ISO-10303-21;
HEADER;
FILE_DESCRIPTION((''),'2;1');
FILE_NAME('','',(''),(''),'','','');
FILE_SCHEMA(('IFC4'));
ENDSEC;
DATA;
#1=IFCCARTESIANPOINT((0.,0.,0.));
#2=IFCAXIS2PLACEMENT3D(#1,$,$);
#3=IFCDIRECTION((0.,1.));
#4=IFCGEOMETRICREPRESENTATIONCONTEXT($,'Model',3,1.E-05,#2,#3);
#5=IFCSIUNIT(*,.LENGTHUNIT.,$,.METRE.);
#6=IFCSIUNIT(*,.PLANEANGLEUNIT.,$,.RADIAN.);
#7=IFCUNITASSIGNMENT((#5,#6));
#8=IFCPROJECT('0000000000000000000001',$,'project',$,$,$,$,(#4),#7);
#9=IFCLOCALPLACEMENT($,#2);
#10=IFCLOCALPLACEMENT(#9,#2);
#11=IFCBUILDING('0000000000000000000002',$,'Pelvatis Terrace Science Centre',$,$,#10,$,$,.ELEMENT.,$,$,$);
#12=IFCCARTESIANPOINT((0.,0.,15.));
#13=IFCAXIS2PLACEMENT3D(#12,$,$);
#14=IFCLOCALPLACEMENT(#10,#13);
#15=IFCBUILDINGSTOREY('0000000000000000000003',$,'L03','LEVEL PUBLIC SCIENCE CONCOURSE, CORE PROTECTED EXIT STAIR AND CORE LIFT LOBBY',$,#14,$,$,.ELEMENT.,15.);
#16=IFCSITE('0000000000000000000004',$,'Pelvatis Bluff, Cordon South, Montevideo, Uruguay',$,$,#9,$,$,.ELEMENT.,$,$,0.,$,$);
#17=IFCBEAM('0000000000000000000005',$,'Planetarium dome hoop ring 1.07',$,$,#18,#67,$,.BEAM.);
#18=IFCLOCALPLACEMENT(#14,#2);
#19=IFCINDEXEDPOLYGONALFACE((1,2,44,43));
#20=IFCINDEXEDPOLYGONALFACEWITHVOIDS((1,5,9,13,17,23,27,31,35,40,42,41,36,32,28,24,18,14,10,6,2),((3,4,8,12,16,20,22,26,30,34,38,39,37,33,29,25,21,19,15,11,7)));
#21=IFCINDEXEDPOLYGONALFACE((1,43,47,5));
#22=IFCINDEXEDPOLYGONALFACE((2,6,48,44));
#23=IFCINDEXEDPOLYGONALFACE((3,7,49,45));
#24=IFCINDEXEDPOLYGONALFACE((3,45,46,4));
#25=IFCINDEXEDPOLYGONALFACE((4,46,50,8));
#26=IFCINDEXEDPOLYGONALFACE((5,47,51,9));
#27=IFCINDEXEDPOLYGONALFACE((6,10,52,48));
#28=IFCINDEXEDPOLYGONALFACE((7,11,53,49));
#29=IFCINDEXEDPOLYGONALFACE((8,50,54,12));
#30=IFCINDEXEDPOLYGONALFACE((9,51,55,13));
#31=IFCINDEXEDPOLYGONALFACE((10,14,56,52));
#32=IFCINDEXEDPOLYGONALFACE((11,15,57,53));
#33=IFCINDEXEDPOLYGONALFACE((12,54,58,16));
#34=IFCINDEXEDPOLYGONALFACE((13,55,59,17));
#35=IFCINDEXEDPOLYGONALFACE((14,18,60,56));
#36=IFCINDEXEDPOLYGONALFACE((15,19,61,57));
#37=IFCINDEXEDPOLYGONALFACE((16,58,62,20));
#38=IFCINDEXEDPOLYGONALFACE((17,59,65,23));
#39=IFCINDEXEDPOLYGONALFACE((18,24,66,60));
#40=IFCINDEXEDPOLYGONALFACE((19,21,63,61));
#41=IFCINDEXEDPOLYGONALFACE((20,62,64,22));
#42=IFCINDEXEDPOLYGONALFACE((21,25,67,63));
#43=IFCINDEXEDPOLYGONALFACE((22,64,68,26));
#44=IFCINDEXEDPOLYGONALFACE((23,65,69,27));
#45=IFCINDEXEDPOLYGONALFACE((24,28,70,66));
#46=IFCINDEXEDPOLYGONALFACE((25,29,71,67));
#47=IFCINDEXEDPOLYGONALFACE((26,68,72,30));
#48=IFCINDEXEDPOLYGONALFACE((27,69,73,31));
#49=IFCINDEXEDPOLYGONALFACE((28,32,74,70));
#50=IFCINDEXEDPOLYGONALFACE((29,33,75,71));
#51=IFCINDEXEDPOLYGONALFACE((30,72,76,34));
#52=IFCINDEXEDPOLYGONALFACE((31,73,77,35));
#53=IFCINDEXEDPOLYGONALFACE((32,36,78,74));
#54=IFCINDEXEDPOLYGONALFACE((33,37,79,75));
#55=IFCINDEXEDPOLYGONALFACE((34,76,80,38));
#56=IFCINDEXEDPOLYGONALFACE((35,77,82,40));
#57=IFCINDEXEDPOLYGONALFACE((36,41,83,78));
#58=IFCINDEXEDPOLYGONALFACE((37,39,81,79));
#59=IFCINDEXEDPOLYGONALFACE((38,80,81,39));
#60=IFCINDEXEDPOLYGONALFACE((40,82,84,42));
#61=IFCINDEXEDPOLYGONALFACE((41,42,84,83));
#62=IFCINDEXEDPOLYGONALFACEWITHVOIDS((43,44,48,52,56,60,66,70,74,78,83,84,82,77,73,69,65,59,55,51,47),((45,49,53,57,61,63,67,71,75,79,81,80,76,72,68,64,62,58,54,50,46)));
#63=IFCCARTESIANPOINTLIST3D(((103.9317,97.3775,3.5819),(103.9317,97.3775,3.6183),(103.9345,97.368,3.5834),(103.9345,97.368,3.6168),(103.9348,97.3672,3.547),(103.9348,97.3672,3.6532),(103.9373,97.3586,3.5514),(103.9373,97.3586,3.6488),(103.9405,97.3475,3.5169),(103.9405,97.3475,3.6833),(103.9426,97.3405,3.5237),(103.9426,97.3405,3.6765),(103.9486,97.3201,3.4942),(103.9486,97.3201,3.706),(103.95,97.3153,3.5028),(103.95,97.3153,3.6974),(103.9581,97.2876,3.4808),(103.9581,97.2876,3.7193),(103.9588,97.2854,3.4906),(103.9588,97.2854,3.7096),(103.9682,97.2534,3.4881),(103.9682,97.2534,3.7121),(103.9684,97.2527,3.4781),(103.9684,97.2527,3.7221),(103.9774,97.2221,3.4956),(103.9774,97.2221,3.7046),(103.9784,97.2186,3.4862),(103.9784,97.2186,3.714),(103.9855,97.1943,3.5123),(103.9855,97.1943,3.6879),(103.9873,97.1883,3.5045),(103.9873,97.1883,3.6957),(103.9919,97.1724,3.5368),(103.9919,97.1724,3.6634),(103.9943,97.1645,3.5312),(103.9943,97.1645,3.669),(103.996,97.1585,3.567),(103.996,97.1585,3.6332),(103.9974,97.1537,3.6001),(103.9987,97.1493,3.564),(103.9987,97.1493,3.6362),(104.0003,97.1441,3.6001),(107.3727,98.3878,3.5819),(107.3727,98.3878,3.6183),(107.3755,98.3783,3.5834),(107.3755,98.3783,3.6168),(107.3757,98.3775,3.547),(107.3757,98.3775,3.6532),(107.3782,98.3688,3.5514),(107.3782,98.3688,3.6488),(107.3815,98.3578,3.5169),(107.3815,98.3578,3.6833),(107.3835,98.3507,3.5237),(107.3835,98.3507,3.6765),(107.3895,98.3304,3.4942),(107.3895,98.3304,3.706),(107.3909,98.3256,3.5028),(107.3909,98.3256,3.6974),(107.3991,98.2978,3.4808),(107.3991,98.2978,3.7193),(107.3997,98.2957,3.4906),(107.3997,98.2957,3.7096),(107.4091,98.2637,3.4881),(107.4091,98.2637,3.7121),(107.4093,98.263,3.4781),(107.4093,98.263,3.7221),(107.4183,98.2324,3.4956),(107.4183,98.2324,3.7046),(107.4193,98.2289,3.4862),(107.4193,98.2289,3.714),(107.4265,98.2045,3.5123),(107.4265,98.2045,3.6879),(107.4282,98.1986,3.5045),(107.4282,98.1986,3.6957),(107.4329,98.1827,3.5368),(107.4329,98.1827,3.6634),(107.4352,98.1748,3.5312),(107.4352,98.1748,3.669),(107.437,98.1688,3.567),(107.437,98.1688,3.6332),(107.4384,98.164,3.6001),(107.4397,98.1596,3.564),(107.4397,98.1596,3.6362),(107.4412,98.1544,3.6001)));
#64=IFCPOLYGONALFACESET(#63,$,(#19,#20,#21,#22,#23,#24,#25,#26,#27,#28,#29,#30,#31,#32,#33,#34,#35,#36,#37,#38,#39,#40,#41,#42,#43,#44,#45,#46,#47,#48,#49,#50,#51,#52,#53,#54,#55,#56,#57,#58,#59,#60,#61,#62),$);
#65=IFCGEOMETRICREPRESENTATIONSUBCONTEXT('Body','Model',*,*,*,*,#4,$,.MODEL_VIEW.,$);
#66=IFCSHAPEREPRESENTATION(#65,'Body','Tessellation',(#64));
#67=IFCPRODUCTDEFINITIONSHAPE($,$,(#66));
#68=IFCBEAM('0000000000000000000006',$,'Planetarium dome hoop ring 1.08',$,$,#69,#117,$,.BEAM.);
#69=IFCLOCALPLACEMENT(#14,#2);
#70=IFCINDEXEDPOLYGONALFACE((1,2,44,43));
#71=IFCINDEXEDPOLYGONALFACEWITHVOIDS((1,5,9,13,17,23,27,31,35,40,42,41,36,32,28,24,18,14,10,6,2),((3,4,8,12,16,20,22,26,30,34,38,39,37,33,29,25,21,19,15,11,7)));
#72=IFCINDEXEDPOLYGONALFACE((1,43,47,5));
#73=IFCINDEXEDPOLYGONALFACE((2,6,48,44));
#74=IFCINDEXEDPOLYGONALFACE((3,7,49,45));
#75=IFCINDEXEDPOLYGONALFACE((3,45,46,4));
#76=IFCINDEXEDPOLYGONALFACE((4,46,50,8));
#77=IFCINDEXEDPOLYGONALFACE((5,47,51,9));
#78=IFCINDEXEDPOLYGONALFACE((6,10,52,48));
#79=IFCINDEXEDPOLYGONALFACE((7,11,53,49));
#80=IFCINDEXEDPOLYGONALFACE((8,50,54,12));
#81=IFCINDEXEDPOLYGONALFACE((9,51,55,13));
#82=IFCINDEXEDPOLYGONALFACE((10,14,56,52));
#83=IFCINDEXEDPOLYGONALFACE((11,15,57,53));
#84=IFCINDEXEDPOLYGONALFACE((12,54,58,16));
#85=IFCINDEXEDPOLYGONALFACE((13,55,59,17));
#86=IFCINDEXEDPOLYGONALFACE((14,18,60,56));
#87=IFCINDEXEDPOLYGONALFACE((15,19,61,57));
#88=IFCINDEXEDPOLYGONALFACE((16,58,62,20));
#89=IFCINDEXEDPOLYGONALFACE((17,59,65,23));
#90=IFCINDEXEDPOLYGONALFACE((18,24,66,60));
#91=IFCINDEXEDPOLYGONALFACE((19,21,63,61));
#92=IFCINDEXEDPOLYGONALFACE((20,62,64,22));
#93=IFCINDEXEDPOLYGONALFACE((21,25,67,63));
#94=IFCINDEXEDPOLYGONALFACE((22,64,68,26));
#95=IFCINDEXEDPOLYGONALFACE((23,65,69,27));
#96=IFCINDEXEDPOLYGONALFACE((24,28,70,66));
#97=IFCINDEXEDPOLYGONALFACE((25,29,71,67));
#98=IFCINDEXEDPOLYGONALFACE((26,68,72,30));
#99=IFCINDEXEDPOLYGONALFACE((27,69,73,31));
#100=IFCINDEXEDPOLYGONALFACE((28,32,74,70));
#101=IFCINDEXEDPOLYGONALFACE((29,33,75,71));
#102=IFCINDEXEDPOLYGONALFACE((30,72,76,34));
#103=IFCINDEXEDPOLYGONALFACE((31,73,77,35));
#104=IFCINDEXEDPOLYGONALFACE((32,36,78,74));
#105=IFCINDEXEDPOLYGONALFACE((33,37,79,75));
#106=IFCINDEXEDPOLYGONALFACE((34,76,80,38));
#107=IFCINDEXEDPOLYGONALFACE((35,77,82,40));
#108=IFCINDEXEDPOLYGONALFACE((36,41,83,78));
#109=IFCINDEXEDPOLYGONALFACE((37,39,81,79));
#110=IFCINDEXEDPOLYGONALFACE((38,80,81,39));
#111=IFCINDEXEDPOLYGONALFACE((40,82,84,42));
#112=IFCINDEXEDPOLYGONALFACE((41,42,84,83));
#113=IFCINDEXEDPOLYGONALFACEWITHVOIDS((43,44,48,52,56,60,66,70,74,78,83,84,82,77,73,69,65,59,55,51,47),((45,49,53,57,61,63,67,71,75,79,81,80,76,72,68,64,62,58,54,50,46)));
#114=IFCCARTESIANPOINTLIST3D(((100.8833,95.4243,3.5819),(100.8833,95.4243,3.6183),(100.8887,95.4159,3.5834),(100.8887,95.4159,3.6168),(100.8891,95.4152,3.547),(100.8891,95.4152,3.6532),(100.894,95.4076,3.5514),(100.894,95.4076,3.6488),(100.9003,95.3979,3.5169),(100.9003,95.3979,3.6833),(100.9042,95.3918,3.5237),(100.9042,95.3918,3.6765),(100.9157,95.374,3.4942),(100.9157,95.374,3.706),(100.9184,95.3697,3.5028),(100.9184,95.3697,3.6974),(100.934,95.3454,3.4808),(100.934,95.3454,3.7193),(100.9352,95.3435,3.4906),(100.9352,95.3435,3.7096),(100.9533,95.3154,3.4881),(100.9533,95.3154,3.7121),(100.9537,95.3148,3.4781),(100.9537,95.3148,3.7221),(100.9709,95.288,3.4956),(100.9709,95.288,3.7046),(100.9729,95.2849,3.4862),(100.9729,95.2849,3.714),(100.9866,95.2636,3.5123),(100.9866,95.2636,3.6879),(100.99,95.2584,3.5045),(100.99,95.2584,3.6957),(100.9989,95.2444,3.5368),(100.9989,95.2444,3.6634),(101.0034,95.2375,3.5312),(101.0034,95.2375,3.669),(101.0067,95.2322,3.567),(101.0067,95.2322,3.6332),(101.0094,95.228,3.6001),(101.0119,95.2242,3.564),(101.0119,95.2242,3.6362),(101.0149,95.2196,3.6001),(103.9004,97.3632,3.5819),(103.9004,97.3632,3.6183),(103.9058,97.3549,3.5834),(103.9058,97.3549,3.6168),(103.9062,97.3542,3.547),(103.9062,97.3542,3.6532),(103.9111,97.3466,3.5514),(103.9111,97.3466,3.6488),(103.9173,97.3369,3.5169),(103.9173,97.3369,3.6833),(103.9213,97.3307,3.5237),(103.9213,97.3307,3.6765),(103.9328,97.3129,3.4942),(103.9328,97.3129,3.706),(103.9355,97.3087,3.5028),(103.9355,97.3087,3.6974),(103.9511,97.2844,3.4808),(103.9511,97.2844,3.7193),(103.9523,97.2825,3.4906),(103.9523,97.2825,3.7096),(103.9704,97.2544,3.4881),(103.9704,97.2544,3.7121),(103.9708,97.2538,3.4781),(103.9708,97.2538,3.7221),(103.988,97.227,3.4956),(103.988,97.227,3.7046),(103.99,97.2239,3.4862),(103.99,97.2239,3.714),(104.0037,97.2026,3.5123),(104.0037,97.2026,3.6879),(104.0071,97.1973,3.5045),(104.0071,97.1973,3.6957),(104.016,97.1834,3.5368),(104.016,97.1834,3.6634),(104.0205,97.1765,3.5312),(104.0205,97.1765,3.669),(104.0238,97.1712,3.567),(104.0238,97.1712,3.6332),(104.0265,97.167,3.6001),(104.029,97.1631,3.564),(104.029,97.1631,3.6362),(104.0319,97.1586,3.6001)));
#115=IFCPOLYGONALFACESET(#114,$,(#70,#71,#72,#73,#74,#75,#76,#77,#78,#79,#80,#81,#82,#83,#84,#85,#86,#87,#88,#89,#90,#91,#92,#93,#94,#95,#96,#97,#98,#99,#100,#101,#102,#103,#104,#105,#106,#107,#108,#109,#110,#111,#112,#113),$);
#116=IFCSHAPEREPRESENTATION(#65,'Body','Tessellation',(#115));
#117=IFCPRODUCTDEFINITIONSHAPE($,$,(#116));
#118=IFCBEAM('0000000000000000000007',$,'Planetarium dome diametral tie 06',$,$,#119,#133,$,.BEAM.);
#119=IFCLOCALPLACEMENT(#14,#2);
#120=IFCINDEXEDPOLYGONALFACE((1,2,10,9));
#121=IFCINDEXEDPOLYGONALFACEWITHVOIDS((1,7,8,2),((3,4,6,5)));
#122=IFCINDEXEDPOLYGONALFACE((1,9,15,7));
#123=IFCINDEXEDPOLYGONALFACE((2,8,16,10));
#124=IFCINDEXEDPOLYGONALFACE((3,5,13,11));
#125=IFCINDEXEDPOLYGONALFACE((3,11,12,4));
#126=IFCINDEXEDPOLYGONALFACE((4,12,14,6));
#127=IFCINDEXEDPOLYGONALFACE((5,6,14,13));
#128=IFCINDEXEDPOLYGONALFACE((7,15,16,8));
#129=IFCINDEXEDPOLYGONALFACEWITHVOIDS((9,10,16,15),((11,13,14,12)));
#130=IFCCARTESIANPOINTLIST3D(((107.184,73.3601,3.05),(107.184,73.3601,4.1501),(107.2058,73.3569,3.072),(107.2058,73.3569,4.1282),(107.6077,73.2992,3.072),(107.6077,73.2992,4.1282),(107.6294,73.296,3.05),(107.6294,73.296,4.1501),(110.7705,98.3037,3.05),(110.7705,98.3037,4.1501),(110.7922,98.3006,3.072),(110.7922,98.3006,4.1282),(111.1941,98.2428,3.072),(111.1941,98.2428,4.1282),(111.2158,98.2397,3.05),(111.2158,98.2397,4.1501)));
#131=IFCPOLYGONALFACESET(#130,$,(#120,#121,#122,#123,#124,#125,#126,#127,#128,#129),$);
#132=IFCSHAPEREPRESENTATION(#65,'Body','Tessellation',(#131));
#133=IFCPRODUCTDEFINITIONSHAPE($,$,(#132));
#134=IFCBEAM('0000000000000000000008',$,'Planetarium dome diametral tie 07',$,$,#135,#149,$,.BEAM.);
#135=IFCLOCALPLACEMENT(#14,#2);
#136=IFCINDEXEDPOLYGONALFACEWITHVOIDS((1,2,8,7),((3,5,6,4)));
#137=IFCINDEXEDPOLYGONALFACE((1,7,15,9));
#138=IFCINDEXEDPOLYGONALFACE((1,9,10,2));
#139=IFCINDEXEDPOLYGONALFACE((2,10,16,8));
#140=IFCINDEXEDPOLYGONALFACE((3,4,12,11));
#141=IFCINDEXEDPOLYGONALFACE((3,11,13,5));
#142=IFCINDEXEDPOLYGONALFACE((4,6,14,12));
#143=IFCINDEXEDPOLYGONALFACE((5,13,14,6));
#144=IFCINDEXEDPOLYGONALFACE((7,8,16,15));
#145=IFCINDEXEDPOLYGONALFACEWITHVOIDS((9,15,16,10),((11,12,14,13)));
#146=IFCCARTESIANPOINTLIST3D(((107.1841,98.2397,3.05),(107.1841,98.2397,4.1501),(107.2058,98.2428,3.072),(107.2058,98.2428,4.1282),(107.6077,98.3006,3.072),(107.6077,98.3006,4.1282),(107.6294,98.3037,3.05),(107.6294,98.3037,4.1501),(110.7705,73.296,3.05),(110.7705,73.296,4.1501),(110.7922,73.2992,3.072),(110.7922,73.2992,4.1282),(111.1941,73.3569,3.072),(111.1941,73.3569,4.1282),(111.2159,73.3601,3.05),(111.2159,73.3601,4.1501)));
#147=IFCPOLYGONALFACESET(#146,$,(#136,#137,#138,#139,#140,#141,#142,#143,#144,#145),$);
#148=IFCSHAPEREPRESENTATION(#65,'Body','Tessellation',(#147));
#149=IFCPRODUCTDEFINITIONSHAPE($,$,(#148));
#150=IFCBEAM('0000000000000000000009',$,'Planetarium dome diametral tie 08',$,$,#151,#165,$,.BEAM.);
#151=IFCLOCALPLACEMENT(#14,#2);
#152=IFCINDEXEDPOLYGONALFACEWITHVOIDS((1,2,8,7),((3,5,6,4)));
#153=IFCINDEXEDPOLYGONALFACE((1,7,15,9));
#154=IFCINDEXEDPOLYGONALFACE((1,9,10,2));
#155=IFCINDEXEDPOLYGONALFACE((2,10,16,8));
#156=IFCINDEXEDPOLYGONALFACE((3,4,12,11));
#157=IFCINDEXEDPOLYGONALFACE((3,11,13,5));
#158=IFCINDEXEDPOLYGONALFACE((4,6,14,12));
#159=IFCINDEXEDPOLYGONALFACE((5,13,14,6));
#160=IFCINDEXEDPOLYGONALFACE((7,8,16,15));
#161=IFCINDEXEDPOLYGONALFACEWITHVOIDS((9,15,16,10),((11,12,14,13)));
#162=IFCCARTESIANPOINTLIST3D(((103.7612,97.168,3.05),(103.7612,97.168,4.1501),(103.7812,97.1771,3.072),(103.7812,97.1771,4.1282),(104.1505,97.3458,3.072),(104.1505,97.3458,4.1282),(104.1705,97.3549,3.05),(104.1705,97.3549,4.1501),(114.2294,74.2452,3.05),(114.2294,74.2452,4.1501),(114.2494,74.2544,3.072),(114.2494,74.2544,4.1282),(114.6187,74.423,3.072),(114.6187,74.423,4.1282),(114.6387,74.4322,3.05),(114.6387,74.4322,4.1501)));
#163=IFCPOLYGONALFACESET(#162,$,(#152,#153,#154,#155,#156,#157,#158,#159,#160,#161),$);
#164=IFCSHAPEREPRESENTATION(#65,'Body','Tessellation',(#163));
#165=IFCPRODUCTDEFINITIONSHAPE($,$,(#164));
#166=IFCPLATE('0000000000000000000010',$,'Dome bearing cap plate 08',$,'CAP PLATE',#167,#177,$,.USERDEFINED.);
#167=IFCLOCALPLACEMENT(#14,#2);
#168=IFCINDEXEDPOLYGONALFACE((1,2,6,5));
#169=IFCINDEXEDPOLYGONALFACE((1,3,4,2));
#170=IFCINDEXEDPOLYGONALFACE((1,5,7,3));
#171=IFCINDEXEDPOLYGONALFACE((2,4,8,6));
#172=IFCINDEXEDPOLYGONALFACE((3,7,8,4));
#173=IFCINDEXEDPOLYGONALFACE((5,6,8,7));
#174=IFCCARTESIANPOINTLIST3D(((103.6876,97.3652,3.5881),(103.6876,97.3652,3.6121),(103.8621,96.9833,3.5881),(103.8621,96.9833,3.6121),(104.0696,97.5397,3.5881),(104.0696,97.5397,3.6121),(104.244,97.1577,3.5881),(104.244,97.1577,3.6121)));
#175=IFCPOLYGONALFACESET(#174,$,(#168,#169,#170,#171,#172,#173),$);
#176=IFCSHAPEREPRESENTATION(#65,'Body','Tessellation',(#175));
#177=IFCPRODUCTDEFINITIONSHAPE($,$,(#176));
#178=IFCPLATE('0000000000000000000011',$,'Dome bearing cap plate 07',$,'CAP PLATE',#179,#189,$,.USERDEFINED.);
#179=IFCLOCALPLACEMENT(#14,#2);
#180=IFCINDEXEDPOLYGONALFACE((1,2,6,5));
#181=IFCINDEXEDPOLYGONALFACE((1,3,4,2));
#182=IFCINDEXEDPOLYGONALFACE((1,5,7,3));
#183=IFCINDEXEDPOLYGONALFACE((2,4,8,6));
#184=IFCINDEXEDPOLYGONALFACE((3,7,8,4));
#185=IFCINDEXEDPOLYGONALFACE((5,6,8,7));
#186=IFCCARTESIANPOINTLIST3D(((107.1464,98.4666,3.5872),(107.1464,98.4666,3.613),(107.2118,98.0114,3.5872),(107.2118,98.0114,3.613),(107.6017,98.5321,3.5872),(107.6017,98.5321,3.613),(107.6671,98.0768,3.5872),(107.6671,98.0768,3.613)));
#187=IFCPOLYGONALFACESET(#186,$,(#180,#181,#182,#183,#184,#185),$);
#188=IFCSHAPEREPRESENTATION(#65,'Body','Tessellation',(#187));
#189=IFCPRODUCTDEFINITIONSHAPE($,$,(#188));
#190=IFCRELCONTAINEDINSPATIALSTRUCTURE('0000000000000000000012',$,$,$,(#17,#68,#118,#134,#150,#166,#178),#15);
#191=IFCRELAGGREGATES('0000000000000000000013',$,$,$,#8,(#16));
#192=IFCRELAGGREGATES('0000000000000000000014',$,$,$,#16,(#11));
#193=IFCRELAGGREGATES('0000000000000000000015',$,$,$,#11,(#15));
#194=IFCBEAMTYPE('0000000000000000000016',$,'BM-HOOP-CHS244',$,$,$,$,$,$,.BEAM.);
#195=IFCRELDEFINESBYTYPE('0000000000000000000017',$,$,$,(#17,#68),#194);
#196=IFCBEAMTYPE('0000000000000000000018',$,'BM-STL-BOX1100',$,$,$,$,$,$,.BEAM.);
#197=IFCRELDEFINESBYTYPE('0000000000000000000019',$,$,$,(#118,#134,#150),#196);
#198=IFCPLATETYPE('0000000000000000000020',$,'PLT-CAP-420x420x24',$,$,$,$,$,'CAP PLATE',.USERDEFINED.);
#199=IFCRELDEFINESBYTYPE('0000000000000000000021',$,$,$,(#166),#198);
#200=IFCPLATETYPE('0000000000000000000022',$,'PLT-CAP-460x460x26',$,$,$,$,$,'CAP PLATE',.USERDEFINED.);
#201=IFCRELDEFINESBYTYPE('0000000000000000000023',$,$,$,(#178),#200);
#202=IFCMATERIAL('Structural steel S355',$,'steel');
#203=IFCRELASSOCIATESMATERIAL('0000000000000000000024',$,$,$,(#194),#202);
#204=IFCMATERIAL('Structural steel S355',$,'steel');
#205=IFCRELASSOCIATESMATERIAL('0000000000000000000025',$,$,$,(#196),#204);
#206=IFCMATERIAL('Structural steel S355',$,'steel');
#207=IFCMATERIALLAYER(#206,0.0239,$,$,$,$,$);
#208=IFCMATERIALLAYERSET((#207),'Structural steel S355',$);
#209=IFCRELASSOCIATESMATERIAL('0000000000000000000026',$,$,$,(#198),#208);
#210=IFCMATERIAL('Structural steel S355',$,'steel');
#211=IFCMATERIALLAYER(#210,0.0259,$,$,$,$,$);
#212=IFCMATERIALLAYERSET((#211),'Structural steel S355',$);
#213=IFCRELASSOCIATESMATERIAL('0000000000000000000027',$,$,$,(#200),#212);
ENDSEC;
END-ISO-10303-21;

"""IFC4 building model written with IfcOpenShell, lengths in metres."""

from ifc_helpers import new_model, si_unit, direction, frame, origin, origin_2d, place, context, subcontext, project, spatial, rectangle, hollow_rectangle, hollow_circle, extrude, material, layer, layer_set, material_profile, profile_set, type_object, element, save


model = new_model("IFC4")

# Units and contexts
model_context = context("Model", 3, precision=1e-05, world=origin(), true_north=direction((0.0, 1.0)))
body_context = subcontext(model_context, "Body", "Model", "MODEL_VIEW")
ifc_project = project(units=[si_unit("LENGTHUNIT", "METRE"), si_unit("PLANEANGLEUNIT", "RADIAN")], contexts=[model_context])

# Site, building, storey
site_placement = place(None, origin())
site = spatial("IfcSite", under=ifc_project, at=site_placement, Name="Pelvatis Bluff, Cordon South, Montevideo, Uruguay", CompositionType="ELEMENT", RefElevation=0.0)
building_placement = place(site_placement, origin())
building = spatial("IfcBuilding", under=site, at=building_placement, Name="Pelvatis Terrace Science Centre", CompositionType="ELEMENT")
storey_placement = place(building_placement, frame((0.0, 0.0, 15.0)))
storey = spatial("IfcBuildingStorey", under=building, at=storey_placement, Name="L03", Description="LEVEL PUBLIC SCIENCE CONCOURSE, CORE PROTECTED EXIT STAIR AND CORE LIFT LOBBY", CompositionType="ELEMENT", Elevation=15.0)

# Beams
ifc_material_1 = material(Name="Structural steel S355", Category="steel")
ifc_material_profile_1 = material_profile(ifc_material_1, hollow_circle(Radius=0.1223, WallThickness=0.01, at=origin_2d()), Name="CHS 244.5x10.0")
ifc_profile_set_1 = profile_set([ifc_material_profile_1], Name="Structural steel S355")
beam_type_1 = type_object("IfcBeamType", Name="BM-HOOP-CHS244", PredefinedType="BEAM", material=ifc_profile_set_1)
beam_1_placement = place(storey_placement, frame((107.4067, 98.2717, 3.6001), z_axis=(-0.9595, -0.281709, 0.0), x_axis=(0.281709, -0.9595, 0.0)))
element("IfcBeam", 1, at=beam_1_placement, inside=storey, type_object=beam_type_1, Name="Planetarium dome hoop ring 1.07", PredefinedType="BEAM", context=body_context, shape_type="SweptSolid", body=[
    extrude(hollow_circle(Radius=0.1223, WallThickness=0.01, at=origin_2d()), origin(), (0.0, 0.0, 1.0), 3.5862),
])
beam_2_placement = place(storey_placement, frame((103.9658, 97.2615, 3.6001), z_axis=(-0.841254, -0.540641, 0.0), x_axis=(0.540641, -0.841254, 0.0)))
element("IfcBeam", 2, at=beam_2_placement, inside=storey, type_object=beam_type_1, Name="Planetarium dome hoop ring 1.08", PredefinedType="BEAM", context=body_context, shape_type="SweptSolid", body=[
    extrude(hollow_circle(Radius=0.1223, WallThickness=0.01, at=origin_2d()), origin(), (0.0, 0.0, 1.0), 3.5864),
])
ifc_material_2 = material(Name="Structural steel S355", Category="steel")
ifc_material_profile_2 = material_profile(ifc_material_2, hollow_rectangle(XDim=0.45, YDim=1.1001, WallThickness=0.022, at=origin_2d()), Name="RHS 1100x450x22.0")
ifc_profile_set_2 = profile_set([ifc_material_profile_2], Name="Structural steel S355")
beam_type_2 = type_object("IfcBeamType", Name="BM-STL-BOX1100", PredefinedType="BEAM", material=ifc_profile_set_2)
for number, where, z_axis, x_axis, name in (
    (3, (110.9932, 98.2717, 3.6001), (-0.142318, -0.989821, 0.0), (0.989821, -0.142318, 0.0), "Planetarium dome diametral tie 06"),
    (4, (107.4067, 98.2717, 3.6001), (0.142318, -0.989821, 0.0), (0.989821, 0.142318, 0.0), "Planetarium dome diametral tie 07"),
):
    element("IfcBeam", number, at=place(storey_placement, frame(where, z_axis=z_axis, x_axis=x_axis)), inside=storey, type_object=beam_type_2, Name=name, PredefinedType="BEAM", context=body_context, shape_type="SweptSolid", body=[
        extrude(hollow_rectangle(XDim=0.45, YDim=1.1001, WallThickness=0.022, at=origin_2d()), origin(), (0.0, 0.0, 1.0), 25.2002),
    ])
beam_3_placement = place(storey_placement, frame((103.9658, 97.2615, 3.6001), z_axis=(0.415407, -0.909636, 0.0), x_axis=(0.909636, 0.415407, 0.0)))
element("IfcBeam", 5, at=beam_3_placement, inside=storey, type_object=beam_type_2, Name="Planetarium dome diametral tie 08", PredefinedType="BEAM", context=body_context, shape_type="SweptSolid", body=[
    extrude(hollow_rectangle(XDim=0.45, YDim=1.1001, WallThickness=0.022, at=origin_2d()), origin(), (0.0, 0.0, 1.0), 25.2),
])

# Plates
ifc_material_3 = material(Name="Structural steel S355", Category="steel")
ifc_layer_1 = layer(ifc_material_3, 0.0239)
ifc_layer_set_1 = layer_set([ifc_layer_1], Name="Structural steel S355")
plate_type_1 = type_object("IfcPlateType", Name="PLT-CAP-420x420x24", ElementType="CAP PLATE", PredefinedType="USERDEFINED", material=ifc_layer_set_1)
plate_1_placement = place(storey_placement, frame((103.9658, 97.2615, 3.5881), z_axis=(0.0, 0.0, 1.0), x_axis=(-0.415487, 0.909599, 0.0)))
element("IfcPlate", 6, at=plate_1_placement, inside=storey, type_object=plate_type_1, Name="Dome bearing cap plate 08", ObjectType="CAP PLATE", PredefinedType="USERDEFINED", context=body_context, shape_type="SweptSolid", body=[
    extrude(rectangle(XDim=0.4199, YDim=0.4199, at=origin_2d()), origin(), (0.0, 0.0, 1.0), 0.0239),
])
ifc_material_4 = material(Name="Structural steel S355", Category="steel")
ifc_layer_2 = layer(ifc_material_4, 0.0259)
ifc_layer_set_2 = layer_set([ifc_layer_2], Name="Structural steel S355")
plate_type_2 = type_object("IfcPlateType", Name="PLT-CAP-460x460x26", ElementType="CAP PLATE", PredefinedType="USERDEFINED", material=ifc_layer_set_2)
plate_2_placement = place(storey_placement, frame((107.4067, 98.2717, 3.5872), z_axis=(0.0, 0.0, 1.0), x_axis=(-0.142283, 0.989826, 0.0)))
element("IfcPlate", 7, at=plate_2_placement, inside=storey, type_object=plate_type_2, Name="Dome bearing cap plate 07", ObjectType="CAP PLATE", PredefinedType="USERDEFINED", context=body_context, shape_type="SweptSolid", body=[
    extrude(rectangle(XDim=0.46, YDim=0.46, at=origin_2d()), origin(), (0.0, 0.0, 1.0), 0.0259),
])

save(model, "model.ifc")
